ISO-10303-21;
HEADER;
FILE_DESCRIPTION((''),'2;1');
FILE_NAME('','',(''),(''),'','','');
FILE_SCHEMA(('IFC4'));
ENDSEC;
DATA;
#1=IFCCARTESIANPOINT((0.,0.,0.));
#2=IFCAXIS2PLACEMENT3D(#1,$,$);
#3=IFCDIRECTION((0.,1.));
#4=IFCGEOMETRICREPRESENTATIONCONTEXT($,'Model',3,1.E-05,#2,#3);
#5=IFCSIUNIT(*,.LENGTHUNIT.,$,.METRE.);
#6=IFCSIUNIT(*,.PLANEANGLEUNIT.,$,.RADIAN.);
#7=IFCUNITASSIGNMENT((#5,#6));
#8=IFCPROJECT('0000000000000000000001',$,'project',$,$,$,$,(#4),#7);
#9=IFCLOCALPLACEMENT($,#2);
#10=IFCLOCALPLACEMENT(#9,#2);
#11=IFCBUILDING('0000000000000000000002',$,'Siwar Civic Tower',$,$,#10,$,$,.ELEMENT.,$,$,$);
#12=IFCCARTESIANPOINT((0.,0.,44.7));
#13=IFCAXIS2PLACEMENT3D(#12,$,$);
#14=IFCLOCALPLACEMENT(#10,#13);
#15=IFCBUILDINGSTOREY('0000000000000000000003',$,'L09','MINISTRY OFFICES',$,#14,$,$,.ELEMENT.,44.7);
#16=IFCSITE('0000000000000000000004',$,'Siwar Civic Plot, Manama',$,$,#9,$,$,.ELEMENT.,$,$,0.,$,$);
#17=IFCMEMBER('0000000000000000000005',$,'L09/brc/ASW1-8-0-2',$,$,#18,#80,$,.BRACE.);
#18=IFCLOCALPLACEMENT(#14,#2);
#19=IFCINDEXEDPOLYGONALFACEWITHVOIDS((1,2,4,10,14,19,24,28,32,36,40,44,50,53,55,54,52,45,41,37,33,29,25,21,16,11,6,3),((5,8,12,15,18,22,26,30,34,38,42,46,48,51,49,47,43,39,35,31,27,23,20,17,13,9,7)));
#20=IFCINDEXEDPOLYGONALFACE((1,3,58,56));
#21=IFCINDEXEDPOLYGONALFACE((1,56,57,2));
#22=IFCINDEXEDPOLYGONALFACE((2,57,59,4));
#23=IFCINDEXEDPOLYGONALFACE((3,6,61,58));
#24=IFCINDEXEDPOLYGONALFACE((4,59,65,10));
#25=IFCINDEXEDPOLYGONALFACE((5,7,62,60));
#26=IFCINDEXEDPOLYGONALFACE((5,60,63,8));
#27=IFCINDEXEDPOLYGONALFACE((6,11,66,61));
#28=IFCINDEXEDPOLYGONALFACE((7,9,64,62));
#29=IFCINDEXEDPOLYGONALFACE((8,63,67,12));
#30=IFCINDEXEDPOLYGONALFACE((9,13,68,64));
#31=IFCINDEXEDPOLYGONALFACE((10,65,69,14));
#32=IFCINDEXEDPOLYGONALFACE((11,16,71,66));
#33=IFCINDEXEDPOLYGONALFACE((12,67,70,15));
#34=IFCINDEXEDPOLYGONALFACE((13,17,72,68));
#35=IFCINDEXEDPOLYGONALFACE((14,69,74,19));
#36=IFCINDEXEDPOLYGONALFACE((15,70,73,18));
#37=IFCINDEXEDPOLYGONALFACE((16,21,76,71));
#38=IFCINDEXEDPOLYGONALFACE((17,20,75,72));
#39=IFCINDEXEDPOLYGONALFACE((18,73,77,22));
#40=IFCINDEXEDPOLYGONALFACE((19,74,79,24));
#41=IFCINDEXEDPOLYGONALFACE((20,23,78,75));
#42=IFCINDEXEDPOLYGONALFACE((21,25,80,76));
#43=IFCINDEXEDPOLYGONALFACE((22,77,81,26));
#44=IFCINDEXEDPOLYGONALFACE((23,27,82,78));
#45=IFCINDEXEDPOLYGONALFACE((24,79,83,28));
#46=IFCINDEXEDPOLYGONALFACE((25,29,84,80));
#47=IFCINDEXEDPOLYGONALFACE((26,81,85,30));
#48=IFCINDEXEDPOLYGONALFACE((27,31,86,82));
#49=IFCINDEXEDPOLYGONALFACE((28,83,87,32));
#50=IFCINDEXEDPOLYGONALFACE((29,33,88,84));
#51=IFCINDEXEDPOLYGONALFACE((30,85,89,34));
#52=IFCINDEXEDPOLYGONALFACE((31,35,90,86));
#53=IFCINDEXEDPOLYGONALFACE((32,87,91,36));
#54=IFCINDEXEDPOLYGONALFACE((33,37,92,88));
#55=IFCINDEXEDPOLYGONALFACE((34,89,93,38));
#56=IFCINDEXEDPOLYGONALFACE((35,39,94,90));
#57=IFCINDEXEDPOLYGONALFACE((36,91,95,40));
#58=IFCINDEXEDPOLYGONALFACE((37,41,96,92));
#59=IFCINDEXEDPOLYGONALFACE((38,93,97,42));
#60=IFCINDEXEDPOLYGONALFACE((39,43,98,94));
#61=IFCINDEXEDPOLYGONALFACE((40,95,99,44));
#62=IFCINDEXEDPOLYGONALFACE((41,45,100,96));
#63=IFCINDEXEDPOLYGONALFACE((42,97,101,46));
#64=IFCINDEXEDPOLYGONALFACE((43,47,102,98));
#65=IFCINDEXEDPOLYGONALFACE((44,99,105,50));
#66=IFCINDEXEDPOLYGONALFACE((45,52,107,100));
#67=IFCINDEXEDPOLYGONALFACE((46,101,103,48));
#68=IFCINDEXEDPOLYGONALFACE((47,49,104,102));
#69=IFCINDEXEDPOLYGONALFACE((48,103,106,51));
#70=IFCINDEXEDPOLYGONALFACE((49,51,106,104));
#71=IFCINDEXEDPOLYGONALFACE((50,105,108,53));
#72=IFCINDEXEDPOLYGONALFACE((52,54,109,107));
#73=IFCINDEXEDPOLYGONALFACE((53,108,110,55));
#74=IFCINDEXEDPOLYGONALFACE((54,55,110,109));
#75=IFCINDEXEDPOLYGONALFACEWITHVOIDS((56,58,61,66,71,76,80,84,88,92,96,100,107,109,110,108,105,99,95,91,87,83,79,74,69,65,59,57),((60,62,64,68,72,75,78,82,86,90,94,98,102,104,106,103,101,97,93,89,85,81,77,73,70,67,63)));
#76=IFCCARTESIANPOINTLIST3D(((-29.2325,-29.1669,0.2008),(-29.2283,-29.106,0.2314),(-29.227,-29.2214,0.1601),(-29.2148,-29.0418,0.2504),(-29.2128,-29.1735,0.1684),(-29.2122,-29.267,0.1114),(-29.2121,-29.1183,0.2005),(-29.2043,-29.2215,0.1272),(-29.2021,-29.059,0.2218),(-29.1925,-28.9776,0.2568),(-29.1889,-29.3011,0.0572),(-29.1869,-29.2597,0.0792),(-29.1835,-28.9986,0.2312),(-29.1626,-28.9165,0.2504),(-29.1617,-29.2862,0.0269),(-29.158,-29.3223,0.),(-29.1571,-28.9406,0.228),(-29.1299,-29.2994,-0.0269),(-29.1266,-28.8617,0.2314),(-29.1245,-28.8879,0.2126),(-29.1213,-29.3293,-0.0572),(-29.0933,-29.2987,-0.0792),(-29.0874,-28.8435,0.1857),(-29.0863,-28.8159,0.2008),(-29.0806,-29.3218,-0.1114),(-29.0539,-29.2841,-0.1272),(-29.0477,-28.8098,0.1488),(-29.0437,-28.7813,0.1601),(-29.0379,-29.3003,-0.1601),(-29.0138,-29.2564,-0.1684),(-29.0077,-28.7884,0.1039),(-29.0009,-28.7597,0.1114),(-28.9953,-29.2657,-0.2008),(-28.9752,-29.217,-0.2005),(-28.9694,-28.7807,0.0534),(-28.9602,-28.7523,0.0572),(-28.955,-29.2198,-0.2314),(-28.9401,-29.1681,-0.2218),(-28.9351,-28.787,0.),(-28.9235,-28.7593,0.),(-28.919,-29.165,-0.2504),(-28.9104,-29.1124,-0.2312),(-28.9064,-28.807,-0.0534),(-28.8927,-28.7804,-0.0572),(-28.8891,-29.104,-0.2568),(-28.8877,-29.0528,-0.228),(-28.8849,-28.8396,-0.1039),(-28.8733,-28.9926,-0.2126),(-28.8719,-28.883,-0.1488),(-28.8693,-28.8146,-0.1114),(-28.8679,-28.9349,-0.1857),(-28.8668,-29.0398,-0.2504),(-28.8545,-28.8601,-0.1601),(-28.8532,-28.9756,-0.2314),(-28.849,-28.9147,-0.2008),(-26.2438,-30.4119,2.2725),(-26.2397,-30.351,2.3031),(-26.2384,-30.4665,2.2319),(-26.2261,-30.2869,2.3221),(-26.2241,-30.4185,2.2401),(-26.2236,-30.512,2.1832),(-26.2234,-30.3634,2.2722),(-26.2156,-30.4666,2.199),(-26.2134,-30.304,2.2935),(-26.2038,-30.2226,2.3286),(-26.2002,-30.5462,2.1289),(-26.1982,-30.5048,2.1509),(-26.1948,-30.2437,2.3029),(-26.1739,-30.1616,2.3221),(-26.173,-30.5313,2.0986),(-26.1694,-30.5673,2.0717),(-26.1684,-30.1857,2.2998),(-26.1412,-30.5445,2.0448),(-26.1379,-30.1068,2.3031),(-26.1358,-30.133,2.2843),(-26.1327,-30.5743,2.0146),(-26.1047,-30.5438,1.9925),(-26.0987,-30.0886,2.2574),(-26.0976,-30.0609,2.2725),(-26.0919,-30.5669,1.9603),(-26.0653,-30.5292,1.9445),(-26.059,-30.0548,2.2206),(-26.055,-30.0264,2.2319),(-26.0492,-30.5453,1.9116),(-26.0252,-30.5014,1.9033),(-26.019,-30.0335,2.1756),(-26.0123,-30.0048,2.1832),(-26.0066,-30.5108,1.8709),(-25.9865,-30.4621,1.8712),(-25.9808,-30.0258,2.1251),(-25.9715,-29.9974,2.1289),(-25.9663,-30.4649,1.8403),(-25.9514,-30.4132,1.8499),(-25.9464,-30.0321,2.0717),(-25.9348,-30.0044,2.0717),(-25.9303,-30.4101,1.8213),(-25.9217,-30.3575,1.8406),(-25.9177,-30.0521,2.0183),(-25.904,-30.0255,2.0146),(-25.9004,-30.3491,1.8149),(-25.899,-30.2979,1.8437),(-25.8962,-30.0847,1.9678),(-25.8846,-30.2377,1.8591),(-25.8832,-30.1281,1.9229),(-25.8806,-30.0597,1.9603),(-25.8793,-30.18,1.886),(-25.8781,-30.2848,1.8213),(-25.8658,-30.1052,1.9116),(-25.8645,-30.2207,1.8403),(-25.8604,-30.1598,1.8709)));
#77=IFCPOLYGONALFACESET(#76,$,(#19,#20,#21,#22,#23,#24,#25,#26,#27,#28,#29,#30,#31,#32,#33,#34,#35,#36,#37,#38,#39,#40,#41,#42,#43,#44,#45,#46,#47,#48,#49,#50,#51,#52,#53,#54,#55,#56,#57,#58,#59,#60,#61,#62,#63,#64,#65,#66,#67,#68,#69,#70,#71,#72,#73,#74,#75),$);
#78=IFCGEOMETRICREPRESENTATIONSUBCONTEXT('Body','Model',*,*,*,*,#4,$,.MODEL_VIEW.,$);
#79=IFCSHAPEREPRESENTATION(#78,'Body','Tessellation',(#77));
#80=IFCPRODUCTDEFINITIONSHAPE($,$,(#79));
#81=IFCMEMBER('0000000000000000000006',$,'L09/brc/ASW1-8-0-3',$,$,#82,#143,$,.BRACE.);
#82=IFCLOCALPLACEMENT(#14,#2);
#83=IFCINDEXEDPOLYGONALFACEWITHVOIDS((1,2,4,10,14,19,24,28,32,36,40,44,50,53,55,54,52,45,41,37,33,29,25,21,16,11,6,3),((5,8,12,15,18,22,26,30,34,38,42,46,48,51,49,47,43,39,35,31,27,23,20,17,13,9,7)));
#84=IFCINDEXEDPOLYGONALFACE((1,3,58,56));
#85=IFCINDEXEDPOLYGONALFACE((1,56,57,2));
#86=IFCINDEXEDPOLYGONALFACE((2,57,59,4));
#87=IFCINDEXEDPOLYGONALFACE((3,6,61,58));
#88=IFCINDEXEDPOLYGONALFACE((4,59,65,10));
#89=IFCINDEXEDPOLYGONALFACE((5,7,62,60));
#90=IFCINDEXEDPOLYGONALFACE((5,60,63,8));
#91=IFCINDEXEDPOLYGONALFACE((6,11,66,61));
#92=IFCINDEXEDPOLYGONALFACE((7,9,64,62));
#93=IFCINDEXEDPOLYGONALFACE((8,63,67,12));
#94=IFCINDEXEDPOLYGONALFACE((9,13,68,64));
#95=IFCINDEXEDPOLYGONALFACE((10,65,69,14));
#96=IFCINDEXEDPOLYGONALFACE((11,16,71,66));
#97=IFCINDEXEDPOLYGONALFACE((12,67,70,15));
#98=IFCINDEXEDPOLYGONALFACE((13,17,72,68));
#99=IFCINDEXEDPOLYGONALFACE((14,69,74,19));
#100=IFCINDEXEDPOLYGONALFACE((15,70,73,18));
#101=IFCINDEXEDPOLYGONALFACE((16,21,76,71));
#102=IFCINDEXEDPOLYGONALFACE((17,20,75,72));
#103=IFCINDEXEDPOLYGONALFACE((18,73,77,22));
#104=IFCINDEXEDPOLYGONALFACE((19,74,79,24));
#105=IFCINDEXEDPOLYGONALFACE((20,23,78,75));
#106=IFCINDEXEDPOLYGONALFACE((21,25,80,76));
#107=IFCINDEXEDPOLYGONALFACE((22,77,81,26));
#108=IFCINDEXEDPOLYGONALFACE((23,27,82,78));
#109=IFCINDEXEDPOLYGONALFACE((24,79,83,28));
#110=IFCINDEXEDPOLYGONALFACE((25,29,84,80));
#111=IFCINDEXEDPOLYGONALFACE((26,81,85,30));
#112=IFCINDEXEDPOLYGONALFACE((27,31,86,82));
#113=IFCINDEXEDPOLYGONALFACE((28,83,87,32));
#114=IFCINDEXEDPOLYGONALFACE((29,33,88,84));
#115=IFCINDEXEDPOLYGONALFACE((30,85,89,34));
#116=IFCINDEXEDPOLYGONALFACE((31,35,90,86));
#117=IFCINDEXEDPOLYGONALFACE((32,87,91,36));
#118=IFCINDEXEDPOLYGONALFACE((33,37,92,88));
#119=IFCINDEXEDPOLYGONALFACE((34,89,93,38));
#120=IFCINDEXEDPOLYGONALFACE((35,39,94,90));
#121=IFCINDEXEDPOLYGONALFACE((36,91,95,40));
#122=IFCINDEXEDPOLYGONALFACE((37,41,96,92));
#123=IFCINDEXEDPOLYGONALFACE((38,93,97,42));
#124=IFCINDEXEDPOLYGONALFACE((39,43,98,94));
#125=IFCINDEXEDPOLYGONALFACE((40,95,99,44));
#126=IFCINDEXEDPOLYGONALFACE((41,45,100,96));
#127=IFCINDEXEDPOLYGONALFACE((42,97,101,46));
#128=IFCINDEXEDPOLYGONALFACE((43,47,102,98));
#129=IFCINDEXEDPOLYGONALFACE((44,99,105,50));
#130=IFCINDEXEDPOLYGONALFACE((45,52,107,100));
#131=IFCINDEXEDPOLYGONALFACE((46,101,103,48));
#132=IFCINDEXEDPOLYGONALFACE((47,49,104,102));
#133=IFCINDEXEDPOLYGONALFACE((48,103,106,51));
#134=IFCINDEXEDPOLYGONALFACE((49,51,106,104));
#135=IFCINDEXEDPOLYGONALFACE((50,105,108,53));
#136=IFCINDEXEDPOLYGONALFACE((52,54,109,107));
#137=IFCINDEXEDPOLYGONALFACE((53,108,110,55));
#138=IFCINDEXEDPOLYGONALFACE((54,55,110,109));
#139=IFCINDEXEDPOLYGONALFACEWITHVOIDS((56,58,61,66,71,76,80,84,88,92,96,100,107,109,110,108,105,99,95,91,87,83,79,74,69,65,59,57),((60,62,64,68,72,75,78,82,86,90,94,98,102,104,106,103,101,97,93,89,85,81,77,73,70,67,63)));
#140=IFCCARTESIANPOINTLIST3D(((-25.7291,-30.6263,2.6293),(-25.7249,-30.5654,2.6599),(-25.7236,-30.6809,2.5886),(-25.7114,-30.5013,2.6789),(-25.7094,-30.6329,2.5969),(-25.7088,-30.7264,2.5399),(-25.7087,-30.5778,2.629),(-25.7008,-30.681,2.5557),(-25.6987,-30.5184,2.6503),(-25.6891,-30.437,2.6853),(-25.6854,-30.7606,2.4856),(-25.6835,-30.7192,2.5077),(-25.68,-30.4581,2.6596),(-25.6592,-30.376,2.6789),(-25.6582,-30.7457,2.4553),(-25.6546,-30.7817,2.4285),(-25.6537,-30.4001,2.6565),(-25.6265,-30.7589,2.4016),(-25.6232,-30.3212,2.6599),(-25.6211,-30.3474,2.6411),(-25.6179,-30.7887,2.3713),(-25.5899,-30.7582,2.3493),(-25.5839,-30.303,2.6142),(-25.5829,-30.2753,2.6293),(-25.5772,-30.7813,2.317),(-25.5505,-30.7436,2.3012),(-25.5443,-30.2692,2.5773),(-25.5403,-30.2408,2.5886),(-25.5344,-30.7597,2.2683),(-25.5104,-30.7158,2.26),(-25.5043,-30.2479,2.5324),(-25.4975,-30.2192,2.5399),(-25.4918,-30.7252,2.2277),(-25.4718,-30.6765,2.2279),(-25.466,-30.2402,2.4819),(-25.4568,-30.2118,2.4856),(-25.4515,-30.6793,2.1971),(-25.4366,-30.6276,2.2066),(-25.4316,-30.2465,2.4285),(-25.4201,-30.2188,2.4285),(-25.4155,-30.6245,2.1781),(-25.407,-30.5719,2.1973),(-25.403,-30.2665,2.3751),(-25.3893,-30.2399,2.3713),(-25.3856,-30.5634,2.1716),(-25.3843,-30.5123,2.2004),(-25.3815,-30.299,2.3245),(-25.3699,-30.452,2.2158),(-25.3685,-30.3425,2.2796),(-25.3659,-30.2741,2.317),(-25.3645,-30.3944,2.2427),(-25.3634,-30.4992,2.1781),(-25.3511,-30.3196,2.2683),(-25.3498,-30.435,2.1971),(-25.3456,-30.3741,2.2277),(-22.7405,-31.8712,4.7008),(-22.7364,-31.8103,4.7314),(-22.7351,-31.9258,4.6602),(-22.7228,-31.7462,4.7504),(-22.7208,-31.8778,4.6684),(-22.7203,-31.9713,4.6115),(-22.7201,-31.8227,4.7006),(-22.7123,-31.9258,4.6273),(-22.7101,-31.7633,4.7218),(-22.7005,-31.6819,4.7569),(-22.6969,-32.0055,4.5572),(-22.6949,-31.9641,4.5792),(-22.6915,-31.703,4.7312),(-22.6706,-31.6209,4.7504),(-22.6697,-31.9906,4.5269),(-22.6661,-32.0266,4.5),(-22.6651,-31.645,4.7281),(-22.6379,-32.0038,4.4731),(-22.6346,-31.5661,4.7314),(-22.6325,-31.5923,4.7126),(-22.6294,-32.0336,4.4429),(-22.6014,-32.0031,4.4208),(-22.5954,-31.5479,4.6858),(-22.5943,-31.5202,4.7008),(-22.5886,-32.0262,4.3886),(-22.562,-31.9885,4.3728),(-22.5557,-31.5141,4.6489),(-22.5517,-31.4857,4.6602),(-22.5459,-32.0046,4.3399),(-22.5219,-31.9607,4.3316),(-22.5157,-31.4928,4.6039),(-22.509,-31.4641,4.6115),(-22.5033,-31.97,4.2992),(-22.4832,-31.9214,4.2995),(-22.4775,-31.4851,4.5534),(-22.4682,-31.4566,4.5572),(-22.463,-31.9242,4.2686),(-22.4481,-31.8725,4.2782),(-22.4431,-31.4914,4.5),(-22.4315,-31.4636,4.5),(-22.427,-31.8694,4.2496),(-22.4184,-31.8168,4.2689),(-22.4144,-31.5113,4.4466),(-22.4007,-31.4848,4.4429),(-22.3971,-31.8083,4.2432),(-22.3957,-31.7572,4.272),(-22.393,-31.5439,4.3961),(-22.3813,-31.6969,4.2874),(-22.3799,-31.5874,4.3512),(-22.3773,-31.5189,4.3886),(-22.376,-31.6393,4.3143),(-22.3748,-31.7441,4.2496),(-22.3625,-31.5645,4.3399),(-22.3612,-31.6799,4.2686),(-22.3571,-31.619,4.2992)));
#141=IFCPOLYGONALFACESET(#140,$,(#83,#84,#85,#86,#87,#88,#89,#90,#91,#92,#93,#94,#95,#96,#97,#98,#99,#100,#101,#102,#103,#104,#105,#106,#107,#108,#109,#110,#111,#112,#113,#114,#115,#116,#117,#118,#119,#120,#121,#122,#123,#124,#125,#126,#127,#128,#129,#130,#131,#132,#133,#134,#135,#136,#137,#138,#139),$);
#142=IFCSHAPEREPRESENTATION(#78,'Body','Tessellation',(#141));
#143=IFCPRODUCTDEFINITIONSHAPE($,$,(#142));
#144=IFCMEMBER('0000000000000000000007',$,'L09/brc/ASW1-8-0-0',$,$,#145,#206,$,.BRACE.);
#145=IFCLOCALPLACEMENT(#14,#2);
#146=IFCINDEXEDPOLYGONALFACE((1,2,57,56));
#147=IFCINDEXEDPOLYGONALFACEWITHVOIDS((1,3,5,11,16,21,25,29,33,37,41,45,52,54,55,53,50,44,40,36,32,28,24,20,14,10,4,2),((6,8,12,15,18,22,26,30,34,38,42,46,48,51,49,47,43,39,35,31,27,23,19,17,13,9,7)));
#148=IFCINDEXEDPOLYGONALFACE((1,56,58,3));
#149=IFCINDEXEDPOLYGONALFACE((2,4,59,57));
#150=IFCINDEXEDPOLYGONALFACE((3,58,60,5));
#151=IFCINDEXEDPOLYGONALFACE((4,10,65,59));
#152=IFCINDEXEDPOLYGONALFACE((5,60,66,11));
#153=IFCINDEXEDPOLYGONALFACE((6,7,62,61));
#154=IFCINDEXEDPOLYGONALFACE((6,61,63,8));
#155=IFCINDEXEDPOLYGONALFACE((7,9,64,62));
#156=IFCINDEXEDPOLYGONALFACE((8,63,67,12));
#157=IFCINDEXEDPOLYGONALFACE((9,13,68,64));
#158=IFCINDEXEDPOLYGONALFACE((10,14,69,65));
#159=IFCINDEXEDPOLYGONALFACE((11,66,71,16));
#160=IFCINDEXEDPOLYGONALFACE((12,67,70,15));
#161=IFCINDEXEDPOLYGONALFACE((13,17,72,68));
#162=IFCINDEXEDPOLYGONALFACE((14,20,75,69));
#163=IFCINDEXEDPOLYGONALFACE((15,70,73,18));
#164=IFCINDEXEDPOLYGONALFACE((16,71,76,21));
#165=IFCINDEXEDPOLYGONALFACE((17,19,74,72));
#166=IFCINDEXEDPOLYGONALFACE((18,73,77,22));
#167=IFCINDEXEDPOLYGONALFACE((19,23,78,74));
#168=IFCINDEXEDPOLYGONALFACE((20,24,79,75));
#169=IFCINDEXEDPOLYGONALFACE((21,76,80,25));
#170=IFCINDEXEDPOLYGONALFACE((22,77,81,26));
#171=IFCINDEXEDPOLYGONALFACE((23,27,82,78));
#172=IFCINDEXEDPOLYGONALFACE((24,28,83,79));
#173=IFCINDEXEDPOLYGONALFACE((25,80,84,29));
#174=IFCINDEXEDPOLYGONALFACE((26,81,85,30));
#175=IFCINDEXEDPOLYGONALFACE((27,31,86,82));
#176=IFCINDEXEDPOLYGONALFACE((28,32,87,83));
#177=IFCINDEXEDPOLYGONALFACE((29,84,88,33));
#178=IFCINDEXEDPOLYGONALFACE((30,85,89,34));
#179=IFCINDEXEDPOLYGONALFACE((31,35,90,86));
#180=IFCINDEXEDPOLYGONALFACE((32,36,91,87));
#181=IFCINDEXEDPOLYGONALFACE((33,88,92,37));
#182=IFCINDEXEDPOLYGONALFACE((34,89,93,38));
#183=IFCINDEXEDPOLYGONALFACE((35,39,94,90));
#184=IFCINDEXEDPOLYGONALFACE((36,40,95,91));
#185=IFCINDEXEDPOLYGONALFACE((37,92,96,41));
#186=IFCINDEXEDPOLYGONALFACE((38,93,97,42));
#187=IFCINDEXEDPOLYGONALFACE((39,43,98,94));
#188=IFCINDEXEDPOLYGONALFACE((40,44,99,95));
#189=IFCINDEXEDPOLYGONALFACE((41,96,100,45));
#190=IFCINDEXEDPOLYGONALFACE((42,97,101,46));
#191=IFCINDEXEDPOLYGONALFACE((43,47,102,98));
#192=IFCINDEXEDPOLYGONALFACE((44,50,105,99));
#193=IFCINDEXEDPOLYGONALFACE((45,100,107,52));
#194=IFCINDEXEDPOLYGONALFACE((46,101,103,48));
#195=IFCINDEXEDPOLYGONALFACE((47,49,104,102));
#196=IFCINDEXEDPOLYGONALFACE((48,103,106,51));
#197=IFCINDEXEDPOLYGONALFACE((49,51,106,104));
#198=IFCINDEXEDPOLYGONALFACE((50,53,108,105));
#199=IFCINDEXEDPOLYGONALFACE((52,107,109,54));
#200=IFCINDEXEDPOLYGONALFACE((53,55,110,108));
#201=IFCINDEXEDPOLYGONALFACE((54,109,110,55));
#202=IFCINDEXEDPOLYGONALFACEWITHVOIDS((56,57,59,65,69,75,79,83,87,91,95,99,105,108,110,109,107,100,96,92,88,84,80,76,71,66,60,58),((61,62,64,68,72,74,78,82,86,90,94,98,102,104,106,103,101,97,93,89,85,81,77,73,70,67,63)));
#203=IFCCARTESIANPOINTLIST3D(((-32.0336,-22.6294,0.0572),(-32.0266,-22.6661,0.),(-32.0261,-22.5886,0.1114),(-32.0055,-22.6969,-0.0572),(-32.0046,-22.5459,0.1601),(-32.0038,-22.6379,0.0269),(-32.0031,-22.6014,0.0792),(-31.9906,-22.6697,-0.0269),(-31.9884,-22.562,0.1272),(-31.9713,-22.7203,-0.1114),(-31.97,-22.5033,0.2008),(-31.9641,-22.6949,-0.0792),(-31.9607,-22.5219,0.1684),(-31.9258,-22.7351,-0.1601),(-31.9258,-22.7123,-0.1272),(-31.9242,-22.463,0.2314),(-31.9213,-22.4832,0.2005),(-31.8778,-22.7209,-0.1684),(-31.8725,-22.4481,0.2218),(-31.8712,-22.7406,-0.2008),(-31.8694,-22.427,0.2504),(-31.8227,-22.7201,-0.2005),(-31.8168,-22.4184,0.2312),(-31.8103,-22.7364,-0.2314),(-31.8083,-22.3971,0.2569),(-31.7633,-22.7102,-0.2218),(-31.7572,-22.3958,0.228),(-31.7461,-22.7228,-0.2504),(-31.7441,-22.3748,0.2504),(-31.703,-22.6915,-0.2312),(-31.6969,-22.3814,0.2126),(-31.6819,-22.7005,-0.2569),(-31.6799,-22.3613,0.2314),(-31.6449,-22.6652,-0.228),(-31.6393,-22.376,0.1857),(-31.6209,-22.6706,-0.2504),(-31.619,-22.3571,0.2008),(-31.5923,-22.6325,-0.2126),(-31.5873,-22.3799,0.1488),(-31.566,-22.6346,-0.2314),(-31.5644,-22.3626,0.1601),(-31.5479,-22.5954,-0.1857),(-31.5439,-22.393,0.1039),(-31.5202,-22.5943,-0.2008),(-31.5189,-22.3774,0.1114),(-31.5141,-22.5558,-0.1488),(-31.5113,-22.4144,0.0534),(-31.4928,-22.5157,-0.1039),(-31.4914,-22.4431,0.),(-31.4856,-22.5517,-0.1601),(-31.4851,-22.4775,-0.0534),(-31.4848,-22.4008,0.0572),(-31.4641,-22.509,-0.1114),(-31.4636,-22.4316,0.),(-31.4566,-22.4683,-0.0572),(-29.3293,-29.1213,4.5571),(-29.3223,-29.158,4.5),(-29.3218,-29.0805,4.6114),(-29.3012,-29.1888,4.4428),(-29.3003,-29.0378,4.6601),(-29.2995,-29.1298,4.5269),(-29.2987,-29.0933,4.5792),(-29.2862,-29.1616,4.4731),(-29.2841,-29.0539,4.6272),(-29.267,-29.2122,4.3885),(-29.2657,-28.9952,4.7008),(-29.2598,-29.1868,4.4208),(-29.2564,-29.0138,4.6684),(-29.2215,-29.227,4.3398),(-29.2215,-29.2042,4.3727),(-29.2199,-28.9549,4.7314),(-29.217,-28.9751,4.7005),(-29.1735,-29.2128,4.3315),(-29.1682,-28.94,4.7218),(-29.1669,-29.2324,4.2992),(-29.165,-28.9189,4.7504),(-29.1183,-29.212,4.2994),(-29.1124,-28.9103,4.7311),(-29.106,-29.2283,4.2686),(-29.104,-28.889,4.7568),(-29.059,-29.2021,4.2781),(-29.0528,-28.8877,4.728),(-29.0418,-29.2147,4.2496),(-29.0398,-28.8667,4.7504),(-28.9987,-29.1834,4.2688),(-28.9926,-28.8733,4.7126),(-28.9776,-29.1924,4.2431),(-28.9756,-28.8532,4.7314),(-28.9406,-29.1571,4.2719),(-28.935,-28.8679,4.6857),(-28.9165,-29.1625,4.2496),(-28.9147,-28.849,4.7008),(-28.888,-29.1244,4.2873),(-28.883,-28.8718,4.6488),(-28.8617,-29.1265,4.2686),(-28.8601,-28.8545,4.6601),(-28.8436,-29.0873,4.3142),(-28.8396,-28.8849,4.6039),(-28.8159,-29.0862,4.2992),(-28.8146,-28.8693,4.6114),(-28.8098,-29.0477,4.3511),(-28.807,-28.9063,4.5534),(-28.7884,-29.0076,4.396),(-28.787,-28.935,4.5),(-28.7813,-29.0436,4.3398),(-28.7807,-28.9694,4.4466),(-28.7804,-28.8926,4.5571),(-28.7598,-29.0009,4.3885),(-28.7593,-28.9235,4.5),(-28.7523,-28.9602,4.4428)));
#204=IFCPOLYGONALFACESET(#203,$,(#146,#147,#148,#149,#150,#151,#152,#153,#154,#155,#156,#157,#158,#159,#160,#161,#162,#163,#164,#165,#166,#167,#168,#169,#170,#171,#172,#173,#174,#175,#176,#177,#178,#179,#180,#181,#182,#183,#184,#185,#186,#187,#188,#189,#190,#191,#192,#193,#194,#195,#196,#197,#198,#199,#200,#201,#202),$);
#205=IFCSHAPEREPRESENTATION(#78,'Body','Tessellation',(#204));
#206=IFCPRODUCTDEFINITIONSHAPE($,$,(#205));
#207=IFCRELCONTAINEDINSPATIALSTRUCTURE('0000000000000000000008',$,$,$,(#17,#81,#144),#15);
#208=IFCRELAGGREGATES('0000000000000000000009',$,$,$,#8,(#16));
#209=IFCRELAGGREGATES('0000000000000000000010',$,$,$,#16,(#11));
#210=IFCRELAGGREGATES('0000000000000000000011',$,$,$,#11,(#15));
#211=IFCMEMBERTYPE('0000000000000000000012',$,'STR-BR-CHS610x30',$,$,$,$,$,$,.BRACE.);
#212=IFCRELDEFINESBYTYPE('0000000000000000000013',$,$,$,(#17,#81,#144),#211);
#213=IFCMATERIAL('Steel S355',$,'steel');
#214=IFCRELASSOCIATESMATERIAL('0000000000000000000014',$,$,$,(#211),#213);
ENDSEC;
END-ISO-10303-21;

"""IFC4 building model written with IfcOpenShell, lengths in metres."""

from ifc_helpers import new_model, si_unit, direction, frame, origin, origin_2d, place, context, subcontext, project, spatial, hollow_circle, extrude, material, material_profile, profile_set, type_object, element, save


model = new_model("IFC4")

# Units and contexts
model_context = context("Model", 3, precision=1e-05, world=origin(), true_north=direction((0.0, 1.0)))
body_context = subcontext(model_context, "Body", "Model", "MODEL_VIEW")
ifc_project = project(units=[si_unit("LENGTHUNIT", "METRE"), si_unit("PLANEANGLEUNIT", "RADIAN")], contexts=[model_context])

# Site, building, storey
site_placement = place(None, origin())
site = spatial("IfcSite", under=ifc_project, at=site_placement, Name="Siwar Civic Plot, Manama", CompositionType="ELEMENT", RefElevation=0.0)
building_placement = place(site_placement, origin())
building = spatial("IfcBuilding", under=site, at=building_placement, Name="Siwar Civic Tower", CompositionType="ELEMENT")
storey_placement = place(building_placement, frame((0.0, 0.0, 44.7)))
storey = spatial("IfcBuildingStorey", under=building, at=storey_placement, Name="L09", Description="MINISTRY OFFICES", CompositionType="ELEMENT", Elevation=44.7)

# Members
ifc_material_1 = material(Name="Steel S355", Category="steel")
ifc_material_profile_1 = material_profile(ifc_material_1, hollow_circle(Radius=0.3049, WallThickness=0.03, at=origin_2d()), Name="CHS610x30")
ifc_profile_set_1 = profile_set([ifc_material_profile_1], Name="Steel S355")
member_type_1 = type_object("IfcMemberType", Name="STR-BR-CHS610x30", PredefinedType="BRACE", material=ifc_profile_set_1)
member_1_placement = place(storey_placement, frame((-29.0408, -29.0408, 0.0), z_axis=(0.777542, -0.323923, 0.538982), x_axis=(0.384562, 0.923099, 0.0)))
element("IfcMember", 1, at=member_1_placement, inside=storey, type_object=member_type_1, Name="L09/brc/ASW1-8-0-2", PredefinedType="BRACE", context=body_context, shape_type="SweptSolid", body=[
    extrude(hollow_circle(Radius=0.3049, WallThickness=0.03, at=origin_2d()), origin(), (0.0, 0.0, 1.0), 3.8438),
])
member_2_placement = place(storey_placement, frame((-25.5374, -30.5002, 2.4285), z_axis=(0.77756, -0.323893, 0.538975), x_axis=(0.384524, 0.923115, 0.0)))
element("IfcMember", 2, at=member_2_placement, inside=storey, type_object=member_type_1, Name="L09/brc/ASW1-8-0-3", PredefinedType="BRACE", context=body_context, shape_type="SweptSolid", body=[
    extrude(hollow_circle(Radius=0.3049, WallThickness=0.03, at=origin_2d()), origin(), (0.0, 0.0, 1.0), 3.8435),
])
member_3_placement = place(storey_placement, frame((-31.7451, -22.5488, 0.0), z_axis=(0.323906, -0.777555, 0.538975), x_axis=(0.923109, 0.384539, 0.0)))
element("IfcMember", 3, at=member_3_placement, inside=storey, type_object=member_type_1, Name="L09/brc/ASW1-8-0-0", PredefinedType="BRACE", context=body_context, shape_type="SweptSolid", body=[
    extrude(hollow_circle(Radius=0.3049, WallThickness=0.03, at=origin_2d()), origin(), (0.0, 0.0, 1.0), 8.3491),
])

save(model, "model.ifc")
